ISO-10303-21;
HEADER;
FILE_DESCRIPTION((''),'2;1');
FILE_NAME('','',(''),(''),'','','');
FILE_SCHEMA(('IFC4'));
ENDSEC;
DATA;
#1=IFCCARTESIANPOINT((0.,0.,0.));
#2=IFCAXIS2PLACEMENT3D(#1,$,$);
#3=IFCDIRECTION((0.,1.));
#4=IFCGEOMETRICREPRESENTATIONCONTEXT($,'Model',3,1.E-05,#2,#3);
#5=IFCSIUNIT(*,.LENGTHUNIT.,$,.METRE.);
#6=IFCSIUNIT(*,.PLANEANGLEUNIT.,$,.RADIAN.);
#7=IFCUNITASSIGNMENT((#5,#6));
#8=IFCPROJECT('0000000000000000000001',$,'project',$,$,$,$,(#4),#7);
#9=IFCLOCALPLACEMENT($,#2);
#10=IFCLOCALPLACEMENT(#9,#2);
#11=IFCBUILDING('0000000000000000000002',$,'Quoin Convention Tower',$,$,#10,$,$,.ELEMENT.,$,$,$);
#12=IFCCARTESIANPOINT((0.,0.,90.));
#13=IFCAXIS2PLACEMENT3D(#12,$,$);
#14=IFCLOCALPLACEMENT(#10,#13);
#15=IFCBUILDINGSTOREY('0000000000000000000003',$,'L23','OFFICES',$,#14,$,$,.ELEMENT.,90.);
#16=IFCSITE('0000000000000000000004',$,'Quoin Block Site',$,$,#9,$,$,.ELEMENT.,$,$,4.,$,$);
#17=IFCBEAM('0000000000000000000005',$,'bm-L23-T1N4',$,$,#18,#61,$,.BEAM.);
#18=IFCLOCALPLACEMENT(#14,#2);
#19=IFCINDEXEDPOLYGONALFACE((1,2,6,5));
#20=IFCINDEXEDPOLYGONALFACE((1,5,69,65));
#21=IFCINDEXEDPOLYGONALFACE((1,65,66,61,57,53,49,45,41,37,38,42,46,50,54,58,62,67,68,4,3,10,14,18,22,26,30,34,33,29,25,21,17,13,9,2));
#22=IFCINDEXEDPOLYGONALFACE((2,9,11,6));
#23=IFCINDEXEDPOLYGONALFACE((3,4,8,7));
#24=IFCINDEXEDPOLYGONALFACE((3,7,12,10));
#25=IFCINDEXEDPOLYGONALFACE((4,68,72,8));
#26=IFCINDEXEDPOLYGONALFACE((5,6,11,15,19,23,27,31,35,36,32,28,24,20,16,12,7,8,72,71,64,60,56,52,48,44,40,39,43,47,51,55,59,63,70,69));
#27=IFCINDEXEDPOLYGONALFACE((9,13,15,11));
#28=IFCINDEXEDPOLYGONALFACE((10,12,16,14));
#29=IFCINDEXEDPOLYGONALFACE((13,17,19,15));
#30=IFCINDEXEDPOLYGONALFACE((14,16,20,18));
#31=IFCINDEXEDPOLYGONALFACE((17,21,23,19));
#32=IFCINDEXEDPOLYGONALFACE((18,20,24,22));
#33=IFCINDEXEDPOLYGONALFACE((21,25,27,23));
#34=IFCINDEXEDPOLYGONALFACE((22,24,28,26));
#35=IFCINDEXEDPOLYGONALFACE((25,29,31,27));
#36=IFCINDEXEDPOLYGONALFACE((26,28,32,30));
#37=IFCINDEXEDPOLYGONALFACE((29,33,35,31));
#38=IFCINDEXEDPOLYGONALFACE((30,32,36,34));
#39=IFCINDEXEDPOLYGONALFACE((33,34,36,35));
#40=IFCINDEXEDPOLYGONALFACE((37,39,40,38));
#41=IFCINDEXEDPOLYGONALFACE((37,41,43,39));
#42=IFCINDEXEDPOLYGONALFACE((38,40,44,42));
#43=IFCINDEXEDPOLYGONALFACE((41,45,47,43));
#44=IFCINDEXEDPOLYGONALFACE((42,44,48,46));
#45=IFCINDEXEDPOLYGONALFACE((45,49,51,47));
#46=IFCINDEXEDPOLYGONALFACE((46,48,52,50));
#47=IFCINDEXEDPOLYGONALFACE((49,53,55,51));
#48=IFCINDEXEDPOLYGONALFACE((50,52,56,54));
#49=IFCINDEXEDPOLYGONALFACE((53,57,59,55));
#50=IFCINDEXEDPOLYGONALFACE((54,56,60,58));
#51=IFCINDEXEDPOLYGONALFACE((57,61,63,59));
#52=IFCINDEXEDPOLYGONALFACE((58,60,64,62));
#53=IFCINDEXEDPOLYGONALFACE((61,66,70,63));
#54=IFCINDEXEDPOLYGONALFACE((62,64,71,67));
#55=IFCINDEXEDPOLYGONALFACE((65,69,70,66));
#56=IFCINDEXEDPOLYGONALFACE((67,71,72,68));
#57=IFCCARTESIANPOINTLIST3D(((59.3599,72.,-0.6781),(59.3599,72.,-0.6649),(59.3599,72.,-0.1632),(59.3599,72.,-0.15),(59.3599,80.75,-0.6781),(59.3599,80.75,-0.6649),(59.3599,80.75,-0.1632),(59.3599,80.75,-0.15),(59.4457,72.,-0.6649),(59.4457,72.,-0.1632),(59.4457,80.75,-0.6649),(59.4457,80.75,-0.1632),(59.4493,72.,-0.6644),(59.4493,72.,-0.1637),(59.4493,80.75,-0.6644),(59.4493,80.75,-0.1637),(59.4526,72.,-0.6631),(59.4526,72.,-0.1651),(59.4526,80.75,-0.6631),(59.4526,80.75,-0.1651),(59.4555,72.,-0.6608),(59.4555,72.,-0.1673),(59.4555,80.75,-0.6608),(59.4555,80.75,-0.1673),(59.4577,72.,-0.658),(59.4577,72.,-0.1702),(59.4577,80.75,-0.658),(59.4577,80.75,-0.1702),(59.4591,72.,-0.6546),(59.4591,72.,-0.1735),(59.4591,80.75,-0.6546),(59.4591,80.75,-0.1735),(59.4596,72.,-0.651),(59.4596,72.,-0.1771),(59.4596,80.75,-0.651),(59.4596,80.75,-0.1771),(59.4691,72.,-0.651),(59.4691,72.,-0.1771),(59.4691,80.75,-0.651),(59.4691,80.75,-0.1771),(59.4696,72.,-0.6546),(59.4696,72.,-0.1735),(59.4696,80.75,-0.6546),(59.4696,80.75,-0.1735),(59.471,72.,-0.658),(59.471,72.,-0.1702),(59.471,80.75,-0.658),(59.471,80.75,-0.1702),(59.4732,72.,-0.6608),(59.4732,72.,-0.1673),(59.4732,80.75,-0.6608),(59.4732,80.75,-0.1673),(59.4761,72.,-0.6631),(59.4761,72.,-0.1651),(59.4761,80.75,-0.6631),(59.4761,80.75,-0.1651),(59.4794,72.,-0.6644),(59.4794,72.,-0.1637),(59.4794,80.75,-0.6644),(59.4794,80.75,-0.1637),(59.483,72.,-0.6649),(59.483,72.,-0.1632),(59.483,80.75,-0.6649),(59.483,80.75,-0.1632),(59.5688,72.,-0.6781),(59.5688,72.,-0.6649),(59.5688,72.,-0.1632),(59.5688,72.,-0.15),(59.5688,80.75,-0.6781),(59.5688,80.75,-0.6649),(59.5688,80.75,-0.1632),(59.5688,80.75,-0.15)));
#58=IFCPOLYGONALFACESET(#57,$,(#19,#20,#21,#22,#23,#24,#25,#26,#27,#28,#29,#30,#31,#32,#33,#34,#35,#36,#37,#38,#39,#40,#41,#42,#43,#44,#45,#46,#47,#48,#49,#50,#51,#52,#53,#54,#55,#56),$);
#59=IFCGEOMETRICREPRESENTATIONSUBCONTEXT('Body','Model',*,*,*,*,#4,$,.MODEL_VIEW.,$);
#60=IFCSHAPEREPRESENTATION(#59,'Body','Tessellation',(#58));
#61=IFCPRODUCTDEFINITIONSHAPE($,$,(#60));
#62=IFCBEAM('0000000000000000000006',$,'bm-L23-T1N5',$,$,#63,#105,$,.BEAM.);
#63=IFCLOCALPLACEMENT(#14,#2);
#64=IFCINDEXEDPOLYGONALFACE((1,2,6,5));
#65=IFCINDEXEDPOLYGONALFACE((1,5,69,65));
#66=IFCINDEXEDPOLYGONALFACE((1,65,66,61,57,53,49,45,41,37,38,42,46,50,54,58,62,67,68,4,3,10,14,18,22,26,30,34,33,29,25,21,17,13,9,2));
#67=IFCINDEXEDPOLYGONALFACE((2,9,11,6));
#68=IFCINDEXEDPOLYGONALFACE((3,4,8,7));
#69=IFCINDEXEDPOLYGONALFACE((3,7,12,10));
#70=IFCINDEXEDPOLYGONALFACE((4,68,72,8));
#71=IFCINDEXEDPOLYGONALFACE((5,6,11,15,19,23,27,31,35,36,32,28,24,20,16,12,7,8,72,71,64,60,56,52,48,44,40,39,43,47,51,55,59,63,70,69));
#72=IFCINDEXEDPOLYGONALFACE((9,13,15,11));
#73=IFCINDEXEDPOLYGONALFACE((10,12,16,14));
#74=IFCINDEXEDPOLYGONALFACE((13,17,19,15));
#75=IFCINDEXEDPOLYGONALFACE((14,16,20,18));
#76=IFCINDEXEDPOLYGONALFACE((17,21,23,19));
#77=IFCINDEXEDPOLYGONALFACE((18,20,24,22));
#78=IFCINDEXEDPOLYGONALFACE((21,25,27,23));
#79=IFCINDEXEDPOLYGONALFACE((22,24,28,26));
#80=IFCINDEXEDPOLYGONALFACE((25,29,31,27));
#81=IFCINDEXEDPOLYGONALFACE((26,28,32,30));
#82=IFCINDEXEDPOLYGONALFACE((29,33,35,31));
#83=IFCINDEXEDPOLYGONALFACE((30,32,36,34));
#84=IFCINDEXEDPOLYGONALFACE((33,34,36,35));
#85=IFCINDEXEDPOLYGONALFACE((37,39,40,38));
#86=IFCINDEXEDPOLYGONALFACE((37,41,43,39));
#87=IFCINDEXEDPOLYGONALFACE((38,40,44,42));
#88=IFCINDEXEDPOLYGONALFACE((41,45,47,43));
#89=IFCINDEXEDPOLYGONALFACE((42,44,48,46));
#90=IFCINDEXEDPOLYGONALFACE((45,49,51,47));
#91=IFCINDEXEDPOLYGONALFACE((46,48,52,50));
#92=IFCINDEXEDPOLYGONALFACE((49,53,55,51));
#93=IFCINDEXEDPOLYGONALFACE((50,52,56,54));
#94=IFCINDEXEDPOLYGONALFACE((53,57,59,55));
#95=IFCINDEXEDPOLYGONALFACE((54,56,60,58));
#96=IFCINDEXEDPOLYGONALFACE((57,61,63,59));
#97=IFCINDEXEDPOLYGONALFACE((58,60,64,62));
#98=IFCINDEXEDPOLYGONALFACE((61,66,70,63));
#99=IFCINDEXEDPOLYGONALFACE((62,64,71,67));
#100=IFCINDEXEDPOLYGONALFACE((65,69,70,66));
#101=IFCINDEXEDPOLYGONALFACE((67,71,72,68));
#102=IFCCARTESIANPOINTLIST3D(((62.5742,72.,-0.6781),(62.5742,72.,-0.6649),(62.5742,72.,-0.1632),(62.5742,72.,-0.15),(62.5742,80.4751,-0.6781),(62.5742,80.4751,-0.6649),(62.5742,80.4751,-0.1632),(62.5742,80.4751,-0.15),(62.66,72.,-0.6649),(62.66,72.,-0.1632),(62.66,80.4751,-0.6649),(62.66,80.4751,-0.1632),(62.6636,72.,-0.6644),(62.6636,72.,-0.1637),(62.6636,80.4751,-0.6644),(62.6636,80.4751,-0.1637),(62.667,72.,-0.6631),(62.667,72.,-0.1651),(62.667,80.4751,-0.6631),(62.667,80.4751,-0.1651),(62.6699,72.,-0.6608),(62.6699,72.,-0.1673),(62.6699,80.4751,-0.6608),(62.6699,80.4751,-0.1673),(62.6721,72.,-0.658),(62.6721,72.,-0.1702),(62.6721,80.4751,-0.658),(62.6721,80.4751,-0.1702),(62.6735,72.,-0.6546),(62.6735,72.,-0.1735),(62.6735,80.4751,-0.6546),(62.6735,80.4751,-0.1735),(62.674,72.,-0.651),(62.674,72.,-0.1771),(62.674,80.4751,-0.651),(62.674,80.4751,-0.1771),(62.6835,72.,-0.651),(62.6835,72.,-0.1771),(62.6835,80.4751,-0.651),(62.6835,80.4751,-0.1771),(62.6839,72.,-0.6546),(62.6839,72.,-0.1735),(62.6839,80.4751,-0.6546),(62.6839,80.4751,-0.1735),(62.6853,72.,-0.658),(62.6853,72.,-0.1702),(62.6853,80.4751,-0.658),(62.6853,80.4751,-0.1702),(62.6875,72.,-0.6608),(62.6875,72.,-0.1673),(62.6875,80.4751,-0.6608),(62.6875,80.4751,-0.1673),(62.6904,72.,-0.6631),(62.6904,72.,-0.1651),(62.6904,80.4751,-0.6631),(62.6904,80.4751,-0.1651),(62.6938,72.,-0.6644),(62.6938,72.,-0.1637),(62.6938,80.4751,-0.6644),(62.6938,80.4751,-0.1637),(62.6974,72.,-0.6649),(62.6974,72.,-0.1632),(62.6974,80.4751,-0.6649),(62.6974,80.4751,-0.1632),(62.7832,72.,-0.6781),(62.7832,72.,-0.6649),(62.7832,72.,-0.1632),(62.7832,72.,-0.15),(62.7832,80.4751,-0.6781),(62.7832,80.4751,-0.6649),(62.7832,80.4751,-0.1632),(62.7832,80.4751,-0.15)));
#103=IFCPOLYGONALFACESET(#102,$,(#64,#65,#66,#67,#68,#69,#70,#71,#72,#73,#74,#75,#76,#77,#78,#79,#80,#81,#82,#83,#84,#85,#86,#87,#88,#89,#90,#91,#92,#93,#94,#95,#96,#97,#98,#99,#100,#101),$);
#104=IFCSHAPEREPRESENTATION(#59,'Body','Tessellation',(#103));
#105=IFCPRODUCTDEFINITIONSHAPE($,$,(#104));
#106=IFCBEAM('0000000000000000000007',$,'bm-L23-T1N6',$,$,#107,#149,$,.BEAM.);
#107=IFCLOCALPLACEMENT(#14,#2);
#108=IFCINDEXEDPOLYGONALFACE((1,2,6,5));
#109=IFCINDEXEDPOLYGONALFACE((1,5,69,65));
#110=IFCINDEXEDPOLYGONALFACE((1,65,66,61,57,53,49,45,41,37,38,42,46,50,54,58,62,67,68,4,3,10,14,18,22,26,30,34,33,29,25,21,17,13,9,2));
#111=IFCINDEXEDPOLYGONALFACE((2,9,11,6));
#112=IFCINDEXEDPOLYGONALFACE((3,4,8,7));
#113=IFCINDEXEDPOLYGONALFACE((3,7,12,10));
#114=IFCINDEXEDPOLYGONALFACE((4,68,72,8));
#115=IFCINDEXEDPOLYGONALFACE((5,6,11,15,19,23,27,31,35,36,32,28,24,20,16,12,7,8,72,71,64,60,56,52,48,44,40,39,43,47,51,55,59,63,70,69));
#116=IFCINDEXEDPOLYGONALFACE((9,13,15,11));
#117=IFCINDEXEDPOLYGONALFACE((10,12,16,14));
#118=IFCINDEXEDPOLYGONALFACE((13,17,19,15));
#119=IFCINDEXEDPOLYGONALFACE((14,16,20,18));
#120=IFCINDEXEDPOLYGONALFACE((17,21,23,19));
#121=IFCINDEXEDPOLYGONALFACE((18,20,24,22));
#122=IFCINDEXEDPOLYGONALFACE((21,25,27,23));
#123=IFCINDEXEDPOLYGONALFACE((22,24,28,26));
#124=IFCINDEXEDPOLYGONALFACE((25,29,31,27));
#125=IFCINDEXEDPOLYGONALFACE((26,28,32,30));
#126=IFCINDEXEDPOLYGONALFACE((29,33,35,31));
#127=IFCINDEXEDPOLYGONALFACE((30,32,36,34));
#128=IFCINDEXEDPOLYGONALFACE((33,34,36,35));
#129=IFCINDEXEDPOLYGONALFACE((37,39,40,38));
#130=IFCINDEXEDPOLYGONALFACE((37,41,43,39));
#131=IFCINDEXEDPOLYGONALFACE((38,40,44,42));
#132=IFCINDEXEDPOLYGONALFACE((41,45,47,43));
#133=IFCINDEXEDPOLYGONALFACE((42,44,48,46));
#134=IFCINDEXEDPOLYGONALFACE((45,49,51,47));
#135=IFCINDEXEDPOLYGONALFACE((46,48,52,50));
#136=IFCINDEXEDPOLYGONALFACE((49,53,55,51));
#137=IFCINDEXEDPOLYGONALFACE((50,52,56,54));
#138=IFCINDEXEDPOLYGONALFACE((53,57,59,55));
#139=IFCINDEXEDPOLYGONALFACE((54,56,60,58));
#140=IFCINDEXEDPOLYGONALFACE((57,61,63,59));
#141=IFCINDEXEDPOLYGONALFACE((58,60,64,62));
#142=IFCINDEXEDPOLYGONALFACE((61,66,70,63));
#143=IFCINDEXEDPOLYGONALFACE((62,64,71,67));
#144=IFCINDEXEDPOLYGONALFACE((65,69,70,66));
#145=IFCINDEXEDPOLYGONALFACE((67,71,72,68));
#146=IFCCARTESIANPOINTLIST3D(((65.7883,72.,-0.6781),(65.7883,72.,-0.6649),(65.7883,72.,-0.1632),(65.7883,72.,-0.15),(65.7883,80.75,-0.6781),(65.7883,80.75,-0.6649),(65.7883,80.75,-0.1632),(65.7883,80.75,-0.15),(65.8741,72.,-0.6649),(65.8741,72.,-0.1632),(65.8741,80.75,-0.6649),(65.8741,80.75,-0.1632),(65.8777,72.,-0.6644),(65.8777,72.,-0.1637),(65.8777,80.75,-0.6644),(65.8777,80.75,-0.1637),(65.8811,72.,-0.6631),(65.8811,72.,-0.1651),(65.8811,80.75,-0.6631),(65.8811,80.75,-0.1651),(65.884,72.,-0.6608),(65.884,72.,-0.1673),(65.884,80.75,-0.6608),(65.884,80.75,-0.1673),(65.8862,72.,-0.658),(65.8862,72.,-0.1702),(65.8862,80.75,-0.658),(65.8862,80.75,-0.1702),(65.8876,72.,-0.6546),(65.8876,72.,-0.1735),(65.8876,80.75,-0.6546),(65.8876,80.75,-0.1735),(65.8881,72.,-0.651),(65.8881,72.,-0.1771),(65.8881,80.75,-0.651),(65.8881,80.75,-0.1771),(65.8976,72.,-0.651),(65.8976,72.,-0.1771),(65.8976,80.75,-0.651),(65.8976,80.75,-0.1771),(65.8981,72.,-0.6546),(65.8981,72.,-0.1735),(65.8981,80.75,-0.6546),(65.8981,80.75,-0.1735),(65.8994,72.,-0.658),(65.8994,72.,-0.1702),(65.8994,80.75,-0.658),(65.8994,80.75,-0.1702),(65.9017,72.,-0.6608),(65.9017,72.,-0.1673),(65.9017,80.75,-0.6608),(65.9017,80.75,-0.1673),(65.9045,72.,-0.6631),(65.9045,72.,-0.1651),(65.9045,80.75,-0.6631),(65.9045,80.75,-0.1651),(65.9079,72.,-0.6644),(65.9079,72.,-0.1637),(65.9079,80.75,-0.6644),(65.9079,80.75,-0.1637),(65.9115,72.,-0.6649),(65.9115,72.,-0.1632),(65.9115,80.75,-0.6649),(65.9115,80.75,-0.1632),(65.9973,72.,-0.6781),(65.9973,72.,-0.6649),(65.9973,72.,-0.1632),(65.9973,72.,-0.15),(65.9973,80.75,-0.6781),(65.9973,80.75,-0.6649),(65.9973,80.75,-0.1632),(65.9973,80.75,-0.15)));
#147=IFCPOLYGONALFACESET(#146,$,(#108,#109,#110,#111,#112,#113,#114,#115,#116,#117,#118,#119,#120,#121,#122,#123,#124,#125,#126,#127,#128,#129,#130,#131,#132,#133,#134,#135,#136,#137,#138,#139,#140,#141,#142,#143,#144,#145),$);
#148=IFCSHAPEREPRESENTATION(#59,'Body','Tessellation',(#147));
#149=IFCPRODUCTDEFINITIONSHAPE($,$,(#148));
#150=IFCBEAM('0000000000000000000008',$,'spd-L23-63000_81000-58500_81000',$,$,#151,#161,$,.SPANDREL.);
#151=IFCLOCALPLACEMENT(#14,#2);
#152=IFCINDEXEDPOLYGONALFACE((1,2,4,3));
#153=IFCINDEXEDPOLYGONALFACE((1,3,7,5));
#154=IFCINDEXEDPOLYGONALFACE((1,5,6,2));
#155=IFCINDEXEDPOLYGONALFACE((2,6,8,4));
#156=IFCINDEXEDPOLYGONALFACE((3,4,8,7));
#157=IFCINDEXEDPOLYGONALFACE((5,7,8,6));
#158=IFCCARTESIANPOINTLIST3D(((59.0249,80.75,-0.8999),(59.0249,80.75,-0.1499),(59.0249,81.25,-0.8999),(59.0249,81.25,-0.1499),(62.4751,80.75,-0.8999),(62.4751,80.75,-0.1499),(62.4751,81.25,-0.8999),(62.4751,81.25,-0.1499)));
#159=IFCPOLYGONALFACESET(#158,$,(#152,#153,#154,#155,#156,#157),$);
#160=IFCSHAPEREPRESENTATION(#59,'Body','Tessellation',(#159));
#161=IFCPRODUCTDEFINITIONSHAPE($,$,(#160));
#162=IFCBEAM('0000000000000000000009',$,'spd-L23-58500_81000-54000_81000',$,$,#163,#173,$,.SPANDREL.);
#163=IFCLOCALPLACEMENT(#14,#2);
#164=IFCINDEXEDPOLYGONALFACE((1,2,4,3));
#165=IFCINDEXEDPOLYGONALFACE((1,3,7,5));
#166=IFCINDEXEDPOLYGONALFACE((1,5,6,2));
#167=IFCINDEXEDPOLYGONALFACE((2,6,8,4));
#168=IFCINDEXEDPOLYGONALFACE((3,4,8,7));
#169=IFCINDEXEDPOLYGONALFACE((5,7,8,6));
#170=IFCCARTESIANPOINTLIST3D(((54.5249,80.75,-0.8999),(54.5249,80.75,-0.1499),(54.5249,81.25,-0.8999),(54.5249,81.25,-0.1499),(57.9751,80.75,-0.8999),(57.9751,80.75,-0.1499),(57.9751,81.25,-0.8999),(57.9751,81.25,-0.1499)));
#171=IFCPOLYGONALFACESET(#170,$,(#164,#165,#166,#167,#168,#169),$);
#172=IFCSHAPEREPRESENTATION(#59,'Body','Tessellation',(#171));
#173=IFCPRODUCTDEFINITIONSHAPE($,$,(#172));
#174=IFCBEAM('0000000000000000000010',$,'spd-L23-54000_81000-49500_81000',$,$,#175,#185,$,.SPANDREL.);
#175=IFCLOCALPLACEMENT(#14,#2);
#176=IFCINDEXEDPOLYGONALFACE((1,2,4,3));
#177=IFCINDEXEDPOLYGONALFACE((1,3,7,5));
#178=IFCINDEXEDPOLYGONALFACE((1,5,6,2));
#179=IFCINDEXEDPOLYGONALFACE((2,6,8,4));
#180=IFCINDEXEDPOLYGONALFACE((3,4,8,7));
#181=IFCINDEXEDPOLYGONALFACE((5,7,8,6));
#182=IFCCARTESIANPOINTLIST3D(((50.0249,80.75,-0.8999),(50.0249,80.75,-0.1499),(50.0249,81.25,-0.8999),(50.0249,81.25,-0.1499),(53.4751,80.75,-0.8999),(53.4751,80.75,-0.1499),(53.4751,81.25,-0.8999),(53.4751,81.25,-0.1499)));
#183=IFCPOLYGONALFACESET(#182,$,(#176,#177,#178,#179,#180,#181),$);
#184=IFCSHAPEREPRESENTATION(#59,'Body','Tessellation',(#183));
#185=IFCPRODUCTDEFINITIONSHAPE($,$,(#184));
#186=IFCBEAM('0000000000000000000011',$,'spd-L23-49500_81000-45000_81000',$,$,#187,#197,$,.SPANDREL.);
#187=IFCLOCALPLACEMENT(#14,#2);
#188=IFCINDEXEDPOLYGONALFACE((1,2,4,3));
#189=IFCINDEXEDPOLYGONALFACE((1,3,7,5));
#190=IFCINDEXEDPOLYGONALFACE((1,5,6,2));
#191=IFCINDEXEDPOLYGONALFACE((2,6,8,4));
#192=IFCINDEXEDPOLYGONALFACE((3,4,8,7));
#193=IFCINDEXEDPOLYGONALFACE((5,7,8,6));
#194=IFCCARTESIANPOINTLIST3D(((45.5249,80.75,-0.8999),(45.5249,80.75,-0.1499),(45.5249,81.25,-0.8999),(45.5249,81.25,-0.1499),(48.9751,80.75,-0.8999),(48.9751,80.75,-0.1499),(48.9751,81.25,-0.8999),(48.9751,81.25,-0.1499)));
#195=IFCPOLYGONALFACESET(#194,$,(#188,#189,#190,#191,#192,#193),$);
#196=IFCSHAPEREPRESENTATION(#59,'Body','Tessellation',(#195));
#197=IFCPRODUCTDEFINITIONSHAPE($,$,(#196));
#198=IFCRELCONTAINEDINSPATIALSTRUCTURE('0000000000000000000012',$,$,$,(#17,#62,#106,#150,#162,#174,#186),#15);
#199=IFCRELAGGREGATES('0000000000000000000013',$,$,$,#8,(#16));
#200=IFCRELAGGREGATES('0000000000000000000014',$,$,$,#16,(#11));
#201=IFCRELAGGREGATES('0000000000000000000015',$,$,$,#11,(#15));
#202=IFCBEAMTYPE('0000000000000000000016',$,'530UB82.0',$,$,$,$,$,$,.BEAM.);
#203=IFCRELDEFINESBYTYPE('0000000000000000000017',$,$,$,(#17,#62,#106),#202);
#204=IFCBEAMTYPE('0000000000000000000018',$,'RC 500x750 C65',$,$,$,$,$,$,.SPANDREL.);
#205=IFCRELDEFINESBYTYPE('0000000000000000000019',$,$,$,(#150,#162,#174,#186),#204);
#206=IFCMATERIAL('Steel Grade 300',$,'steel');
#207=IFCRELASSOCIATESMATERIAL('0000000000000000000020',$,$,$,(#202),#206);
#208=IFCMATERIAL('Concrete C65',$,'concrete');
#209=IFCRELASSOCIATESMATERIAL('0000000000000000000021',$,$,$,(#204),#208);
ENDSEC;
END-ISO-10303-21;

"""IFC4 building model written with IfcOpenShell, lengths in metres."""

from ifc_helpers import new_model, si_unit, direction, frame, origin, origin_2d, place, context, subcontext, project, spatial, rectangle, i_section, extrude, material, material_profile, profile_set, type_object, element, save


model = new_model("IFC4")

# Units and contexts
model_context = context("Model", 3, precision=1e-05, world=origin(), true_north=direction((0.0, 1.0)))
body_context = subcontext(model_context, "Body", "Model", "MODEL_VIEW")
ifc_project = project(units=[si_unit("LENGTHUNIT", "METRE"), si_unit("PLANEANGLEUNIT", "RADIAN")], contexts=[model_context])

# Site, building, storey
site_placement = place(None, origin())
site = spatial("IfcSite", under=ifc_project, at=site_placement, Name="Quoin Block Site", CompositionType="ELEMENT", RefElevation=4.0)
building_placement = place(site_placement, origin())
building = spatial("IfcBuilding", under=site, at=building_placement, Name="Quoin Convention Tower", CompositionType="ELEMENT")
storey_placement = place(building_placement, frame((0.0, 0.0, 90.0)))
storey = spatial("IfcBuildingStorey", under=building, at=storey_placement, Name="L23", Description="OFFICES", CompositionType="ELEMENT", Elevation=90.0)

# Shared definitions
ifc_material_1 = material(Name="Concrete C65", Category="concrete")

# Beams
ifc_material_2 = material(Name="Steel Grade 300", Category="steel")
ifc_material_profile_1 = material_profile(ifc_material_2, i_section(OverallWidth=0.209, OverallDepth=0.5281, WebThickness=0.0095, FlangeThickness=0.0132, FilletRadius=0.0139, at=origin_2d()), Name="530UB82.0")
ifc_profile_set_1 = profile_set([ifc_material_profile_1], Name="Steel Grade 300")
beam_type_1 = type_object("IfcBeamType", Name="530UB82.0", PredefinedType="BEAM", material=ifc_profile_set_1)
for number, where, z_axis, x_axis, name in (
    (1, (59.4644, 72.0, -0.4141), (0.0, 1.0, 0.0), (-1.0, 0.0, 0.0), "bm-L23-T1N4"),
):
    element("IfcBeam", number, at=place(storey_placement, frame(where, z_axis=z_axis, x_axis=x_axis)), inside=storey, type_object=beam_type_1, Name=name, PredefinedType="BEAM", context=body_context, shape_type="SweptSolid", body=[
        extrude(i_section(OverallWidth=0.209, OverallDepth=0.5281, WebThickness=0.0095, FlangeThickness=0.0132, FilletRadius=0.0139, at=origin_2d()), origin(), (0.0, 0.0, 1.0), 8.75),
    ])
beam_1_placement = place(storey_placement, frame((62.6787, 72.0, -0.4141), z_axis=(0.0, 1.0, 0.0), x_axis=(-1.0, 0.0, 0.0)))
element("IfcBeam", 2, at=beam_1_placement, inside=storey, type_object=beam_type_1, Name="bm-L23-T1N5", PredefinedType="BEAM", context=body_context, shape_type="SweptSolid", body=[
    extrude(i_section(OverallWidth=0.209, OverallDepth=0.5281, WebThickness=0.0095, FlangeThickness=0.0132, FilletRadius=0.0139, at=origin_2d()), origin(), (0.0, 0.0, 1.0), 8.4751),
])
beam_2_placement = place(storey_placement, frame((65.8928, 72.0, -0.4141), z_axis=(0.0, 1.0, 0.0), x_axis=(-1.0, 0.0, 0.0)))
element("IfcBeam", 3, at=beam_2_placement, inside=storey, type_object=beam_type_1, Name="bm-L23-T1N6", PredefinedType="BEAM", context=body_context, shape_type="SweptSolid", body=[
    extrude(i_section(OverallWidth=0.209, OverallDepth=0.5281, WebThickness=0.0095, FlangeThickness=0.0132, FilletRadius=0.0139, at=origin_2d()), origin(), (0.0, 0.0, 1.0), 8.75),
])
ifc_material_profile_2 = material_profile(ifc_material_1, rectangle(XDim=0.5, YDim=0.75, at=origin_2d()), Name="RC 500x750")
ifc_profile_set_2 = profile_set([ifc_material_profile_2], Name="Concrete C65")
beam_type_2 = type_object("IfcBeamType", Name="RC 500x750 C65", PredefinedType="SPANDREL", material=ifc_profile_set_2)
for number, where, z_axis, x_axis, name in (
    (4, (62.4751, 81.0, -0.5249), (-1.0, 0.0, 0.0), (0.0, -1.0, 0.0), "spd-L23-63000_81000-58500_81000"),
    (5, (57.9751, 81.0, -0.5249), (-1.0, 0.0, 0.0), (0.0, -1.0, 0.0), "spd-L23-58500_81000-54000_81000"),
    (6, (53.4751, 81.0, -0.5249), (-1.0, 0.0, 0.0), (0.0, -1.0, 0.0), "spd-L23-54000_81000-49500_81000"),
    (7, (48.9751, 81.0, -0.5249), (-1.0, 0.0, 0.0), (0.0, -1.0, 0.0), "spd-L23-49500_81000-45000_81000"),
):
    element("IfcBeam", number, at=place(storey_placement, frame(where, z_axis=z_axis, x_axis=x_axis)), inside=storey, type_object=beam_type_2, Name=name, PredefinedType="SPANDREL", context=body_context, shape_type="SweptSolid", body=[
        extrude(rectangle(XDim=0.5, YDim=0.75, at=origin_2d()), origin(), (0.0, 0.0, 1.0), 3.4502),
    ])

save(model, "model.ifc")
